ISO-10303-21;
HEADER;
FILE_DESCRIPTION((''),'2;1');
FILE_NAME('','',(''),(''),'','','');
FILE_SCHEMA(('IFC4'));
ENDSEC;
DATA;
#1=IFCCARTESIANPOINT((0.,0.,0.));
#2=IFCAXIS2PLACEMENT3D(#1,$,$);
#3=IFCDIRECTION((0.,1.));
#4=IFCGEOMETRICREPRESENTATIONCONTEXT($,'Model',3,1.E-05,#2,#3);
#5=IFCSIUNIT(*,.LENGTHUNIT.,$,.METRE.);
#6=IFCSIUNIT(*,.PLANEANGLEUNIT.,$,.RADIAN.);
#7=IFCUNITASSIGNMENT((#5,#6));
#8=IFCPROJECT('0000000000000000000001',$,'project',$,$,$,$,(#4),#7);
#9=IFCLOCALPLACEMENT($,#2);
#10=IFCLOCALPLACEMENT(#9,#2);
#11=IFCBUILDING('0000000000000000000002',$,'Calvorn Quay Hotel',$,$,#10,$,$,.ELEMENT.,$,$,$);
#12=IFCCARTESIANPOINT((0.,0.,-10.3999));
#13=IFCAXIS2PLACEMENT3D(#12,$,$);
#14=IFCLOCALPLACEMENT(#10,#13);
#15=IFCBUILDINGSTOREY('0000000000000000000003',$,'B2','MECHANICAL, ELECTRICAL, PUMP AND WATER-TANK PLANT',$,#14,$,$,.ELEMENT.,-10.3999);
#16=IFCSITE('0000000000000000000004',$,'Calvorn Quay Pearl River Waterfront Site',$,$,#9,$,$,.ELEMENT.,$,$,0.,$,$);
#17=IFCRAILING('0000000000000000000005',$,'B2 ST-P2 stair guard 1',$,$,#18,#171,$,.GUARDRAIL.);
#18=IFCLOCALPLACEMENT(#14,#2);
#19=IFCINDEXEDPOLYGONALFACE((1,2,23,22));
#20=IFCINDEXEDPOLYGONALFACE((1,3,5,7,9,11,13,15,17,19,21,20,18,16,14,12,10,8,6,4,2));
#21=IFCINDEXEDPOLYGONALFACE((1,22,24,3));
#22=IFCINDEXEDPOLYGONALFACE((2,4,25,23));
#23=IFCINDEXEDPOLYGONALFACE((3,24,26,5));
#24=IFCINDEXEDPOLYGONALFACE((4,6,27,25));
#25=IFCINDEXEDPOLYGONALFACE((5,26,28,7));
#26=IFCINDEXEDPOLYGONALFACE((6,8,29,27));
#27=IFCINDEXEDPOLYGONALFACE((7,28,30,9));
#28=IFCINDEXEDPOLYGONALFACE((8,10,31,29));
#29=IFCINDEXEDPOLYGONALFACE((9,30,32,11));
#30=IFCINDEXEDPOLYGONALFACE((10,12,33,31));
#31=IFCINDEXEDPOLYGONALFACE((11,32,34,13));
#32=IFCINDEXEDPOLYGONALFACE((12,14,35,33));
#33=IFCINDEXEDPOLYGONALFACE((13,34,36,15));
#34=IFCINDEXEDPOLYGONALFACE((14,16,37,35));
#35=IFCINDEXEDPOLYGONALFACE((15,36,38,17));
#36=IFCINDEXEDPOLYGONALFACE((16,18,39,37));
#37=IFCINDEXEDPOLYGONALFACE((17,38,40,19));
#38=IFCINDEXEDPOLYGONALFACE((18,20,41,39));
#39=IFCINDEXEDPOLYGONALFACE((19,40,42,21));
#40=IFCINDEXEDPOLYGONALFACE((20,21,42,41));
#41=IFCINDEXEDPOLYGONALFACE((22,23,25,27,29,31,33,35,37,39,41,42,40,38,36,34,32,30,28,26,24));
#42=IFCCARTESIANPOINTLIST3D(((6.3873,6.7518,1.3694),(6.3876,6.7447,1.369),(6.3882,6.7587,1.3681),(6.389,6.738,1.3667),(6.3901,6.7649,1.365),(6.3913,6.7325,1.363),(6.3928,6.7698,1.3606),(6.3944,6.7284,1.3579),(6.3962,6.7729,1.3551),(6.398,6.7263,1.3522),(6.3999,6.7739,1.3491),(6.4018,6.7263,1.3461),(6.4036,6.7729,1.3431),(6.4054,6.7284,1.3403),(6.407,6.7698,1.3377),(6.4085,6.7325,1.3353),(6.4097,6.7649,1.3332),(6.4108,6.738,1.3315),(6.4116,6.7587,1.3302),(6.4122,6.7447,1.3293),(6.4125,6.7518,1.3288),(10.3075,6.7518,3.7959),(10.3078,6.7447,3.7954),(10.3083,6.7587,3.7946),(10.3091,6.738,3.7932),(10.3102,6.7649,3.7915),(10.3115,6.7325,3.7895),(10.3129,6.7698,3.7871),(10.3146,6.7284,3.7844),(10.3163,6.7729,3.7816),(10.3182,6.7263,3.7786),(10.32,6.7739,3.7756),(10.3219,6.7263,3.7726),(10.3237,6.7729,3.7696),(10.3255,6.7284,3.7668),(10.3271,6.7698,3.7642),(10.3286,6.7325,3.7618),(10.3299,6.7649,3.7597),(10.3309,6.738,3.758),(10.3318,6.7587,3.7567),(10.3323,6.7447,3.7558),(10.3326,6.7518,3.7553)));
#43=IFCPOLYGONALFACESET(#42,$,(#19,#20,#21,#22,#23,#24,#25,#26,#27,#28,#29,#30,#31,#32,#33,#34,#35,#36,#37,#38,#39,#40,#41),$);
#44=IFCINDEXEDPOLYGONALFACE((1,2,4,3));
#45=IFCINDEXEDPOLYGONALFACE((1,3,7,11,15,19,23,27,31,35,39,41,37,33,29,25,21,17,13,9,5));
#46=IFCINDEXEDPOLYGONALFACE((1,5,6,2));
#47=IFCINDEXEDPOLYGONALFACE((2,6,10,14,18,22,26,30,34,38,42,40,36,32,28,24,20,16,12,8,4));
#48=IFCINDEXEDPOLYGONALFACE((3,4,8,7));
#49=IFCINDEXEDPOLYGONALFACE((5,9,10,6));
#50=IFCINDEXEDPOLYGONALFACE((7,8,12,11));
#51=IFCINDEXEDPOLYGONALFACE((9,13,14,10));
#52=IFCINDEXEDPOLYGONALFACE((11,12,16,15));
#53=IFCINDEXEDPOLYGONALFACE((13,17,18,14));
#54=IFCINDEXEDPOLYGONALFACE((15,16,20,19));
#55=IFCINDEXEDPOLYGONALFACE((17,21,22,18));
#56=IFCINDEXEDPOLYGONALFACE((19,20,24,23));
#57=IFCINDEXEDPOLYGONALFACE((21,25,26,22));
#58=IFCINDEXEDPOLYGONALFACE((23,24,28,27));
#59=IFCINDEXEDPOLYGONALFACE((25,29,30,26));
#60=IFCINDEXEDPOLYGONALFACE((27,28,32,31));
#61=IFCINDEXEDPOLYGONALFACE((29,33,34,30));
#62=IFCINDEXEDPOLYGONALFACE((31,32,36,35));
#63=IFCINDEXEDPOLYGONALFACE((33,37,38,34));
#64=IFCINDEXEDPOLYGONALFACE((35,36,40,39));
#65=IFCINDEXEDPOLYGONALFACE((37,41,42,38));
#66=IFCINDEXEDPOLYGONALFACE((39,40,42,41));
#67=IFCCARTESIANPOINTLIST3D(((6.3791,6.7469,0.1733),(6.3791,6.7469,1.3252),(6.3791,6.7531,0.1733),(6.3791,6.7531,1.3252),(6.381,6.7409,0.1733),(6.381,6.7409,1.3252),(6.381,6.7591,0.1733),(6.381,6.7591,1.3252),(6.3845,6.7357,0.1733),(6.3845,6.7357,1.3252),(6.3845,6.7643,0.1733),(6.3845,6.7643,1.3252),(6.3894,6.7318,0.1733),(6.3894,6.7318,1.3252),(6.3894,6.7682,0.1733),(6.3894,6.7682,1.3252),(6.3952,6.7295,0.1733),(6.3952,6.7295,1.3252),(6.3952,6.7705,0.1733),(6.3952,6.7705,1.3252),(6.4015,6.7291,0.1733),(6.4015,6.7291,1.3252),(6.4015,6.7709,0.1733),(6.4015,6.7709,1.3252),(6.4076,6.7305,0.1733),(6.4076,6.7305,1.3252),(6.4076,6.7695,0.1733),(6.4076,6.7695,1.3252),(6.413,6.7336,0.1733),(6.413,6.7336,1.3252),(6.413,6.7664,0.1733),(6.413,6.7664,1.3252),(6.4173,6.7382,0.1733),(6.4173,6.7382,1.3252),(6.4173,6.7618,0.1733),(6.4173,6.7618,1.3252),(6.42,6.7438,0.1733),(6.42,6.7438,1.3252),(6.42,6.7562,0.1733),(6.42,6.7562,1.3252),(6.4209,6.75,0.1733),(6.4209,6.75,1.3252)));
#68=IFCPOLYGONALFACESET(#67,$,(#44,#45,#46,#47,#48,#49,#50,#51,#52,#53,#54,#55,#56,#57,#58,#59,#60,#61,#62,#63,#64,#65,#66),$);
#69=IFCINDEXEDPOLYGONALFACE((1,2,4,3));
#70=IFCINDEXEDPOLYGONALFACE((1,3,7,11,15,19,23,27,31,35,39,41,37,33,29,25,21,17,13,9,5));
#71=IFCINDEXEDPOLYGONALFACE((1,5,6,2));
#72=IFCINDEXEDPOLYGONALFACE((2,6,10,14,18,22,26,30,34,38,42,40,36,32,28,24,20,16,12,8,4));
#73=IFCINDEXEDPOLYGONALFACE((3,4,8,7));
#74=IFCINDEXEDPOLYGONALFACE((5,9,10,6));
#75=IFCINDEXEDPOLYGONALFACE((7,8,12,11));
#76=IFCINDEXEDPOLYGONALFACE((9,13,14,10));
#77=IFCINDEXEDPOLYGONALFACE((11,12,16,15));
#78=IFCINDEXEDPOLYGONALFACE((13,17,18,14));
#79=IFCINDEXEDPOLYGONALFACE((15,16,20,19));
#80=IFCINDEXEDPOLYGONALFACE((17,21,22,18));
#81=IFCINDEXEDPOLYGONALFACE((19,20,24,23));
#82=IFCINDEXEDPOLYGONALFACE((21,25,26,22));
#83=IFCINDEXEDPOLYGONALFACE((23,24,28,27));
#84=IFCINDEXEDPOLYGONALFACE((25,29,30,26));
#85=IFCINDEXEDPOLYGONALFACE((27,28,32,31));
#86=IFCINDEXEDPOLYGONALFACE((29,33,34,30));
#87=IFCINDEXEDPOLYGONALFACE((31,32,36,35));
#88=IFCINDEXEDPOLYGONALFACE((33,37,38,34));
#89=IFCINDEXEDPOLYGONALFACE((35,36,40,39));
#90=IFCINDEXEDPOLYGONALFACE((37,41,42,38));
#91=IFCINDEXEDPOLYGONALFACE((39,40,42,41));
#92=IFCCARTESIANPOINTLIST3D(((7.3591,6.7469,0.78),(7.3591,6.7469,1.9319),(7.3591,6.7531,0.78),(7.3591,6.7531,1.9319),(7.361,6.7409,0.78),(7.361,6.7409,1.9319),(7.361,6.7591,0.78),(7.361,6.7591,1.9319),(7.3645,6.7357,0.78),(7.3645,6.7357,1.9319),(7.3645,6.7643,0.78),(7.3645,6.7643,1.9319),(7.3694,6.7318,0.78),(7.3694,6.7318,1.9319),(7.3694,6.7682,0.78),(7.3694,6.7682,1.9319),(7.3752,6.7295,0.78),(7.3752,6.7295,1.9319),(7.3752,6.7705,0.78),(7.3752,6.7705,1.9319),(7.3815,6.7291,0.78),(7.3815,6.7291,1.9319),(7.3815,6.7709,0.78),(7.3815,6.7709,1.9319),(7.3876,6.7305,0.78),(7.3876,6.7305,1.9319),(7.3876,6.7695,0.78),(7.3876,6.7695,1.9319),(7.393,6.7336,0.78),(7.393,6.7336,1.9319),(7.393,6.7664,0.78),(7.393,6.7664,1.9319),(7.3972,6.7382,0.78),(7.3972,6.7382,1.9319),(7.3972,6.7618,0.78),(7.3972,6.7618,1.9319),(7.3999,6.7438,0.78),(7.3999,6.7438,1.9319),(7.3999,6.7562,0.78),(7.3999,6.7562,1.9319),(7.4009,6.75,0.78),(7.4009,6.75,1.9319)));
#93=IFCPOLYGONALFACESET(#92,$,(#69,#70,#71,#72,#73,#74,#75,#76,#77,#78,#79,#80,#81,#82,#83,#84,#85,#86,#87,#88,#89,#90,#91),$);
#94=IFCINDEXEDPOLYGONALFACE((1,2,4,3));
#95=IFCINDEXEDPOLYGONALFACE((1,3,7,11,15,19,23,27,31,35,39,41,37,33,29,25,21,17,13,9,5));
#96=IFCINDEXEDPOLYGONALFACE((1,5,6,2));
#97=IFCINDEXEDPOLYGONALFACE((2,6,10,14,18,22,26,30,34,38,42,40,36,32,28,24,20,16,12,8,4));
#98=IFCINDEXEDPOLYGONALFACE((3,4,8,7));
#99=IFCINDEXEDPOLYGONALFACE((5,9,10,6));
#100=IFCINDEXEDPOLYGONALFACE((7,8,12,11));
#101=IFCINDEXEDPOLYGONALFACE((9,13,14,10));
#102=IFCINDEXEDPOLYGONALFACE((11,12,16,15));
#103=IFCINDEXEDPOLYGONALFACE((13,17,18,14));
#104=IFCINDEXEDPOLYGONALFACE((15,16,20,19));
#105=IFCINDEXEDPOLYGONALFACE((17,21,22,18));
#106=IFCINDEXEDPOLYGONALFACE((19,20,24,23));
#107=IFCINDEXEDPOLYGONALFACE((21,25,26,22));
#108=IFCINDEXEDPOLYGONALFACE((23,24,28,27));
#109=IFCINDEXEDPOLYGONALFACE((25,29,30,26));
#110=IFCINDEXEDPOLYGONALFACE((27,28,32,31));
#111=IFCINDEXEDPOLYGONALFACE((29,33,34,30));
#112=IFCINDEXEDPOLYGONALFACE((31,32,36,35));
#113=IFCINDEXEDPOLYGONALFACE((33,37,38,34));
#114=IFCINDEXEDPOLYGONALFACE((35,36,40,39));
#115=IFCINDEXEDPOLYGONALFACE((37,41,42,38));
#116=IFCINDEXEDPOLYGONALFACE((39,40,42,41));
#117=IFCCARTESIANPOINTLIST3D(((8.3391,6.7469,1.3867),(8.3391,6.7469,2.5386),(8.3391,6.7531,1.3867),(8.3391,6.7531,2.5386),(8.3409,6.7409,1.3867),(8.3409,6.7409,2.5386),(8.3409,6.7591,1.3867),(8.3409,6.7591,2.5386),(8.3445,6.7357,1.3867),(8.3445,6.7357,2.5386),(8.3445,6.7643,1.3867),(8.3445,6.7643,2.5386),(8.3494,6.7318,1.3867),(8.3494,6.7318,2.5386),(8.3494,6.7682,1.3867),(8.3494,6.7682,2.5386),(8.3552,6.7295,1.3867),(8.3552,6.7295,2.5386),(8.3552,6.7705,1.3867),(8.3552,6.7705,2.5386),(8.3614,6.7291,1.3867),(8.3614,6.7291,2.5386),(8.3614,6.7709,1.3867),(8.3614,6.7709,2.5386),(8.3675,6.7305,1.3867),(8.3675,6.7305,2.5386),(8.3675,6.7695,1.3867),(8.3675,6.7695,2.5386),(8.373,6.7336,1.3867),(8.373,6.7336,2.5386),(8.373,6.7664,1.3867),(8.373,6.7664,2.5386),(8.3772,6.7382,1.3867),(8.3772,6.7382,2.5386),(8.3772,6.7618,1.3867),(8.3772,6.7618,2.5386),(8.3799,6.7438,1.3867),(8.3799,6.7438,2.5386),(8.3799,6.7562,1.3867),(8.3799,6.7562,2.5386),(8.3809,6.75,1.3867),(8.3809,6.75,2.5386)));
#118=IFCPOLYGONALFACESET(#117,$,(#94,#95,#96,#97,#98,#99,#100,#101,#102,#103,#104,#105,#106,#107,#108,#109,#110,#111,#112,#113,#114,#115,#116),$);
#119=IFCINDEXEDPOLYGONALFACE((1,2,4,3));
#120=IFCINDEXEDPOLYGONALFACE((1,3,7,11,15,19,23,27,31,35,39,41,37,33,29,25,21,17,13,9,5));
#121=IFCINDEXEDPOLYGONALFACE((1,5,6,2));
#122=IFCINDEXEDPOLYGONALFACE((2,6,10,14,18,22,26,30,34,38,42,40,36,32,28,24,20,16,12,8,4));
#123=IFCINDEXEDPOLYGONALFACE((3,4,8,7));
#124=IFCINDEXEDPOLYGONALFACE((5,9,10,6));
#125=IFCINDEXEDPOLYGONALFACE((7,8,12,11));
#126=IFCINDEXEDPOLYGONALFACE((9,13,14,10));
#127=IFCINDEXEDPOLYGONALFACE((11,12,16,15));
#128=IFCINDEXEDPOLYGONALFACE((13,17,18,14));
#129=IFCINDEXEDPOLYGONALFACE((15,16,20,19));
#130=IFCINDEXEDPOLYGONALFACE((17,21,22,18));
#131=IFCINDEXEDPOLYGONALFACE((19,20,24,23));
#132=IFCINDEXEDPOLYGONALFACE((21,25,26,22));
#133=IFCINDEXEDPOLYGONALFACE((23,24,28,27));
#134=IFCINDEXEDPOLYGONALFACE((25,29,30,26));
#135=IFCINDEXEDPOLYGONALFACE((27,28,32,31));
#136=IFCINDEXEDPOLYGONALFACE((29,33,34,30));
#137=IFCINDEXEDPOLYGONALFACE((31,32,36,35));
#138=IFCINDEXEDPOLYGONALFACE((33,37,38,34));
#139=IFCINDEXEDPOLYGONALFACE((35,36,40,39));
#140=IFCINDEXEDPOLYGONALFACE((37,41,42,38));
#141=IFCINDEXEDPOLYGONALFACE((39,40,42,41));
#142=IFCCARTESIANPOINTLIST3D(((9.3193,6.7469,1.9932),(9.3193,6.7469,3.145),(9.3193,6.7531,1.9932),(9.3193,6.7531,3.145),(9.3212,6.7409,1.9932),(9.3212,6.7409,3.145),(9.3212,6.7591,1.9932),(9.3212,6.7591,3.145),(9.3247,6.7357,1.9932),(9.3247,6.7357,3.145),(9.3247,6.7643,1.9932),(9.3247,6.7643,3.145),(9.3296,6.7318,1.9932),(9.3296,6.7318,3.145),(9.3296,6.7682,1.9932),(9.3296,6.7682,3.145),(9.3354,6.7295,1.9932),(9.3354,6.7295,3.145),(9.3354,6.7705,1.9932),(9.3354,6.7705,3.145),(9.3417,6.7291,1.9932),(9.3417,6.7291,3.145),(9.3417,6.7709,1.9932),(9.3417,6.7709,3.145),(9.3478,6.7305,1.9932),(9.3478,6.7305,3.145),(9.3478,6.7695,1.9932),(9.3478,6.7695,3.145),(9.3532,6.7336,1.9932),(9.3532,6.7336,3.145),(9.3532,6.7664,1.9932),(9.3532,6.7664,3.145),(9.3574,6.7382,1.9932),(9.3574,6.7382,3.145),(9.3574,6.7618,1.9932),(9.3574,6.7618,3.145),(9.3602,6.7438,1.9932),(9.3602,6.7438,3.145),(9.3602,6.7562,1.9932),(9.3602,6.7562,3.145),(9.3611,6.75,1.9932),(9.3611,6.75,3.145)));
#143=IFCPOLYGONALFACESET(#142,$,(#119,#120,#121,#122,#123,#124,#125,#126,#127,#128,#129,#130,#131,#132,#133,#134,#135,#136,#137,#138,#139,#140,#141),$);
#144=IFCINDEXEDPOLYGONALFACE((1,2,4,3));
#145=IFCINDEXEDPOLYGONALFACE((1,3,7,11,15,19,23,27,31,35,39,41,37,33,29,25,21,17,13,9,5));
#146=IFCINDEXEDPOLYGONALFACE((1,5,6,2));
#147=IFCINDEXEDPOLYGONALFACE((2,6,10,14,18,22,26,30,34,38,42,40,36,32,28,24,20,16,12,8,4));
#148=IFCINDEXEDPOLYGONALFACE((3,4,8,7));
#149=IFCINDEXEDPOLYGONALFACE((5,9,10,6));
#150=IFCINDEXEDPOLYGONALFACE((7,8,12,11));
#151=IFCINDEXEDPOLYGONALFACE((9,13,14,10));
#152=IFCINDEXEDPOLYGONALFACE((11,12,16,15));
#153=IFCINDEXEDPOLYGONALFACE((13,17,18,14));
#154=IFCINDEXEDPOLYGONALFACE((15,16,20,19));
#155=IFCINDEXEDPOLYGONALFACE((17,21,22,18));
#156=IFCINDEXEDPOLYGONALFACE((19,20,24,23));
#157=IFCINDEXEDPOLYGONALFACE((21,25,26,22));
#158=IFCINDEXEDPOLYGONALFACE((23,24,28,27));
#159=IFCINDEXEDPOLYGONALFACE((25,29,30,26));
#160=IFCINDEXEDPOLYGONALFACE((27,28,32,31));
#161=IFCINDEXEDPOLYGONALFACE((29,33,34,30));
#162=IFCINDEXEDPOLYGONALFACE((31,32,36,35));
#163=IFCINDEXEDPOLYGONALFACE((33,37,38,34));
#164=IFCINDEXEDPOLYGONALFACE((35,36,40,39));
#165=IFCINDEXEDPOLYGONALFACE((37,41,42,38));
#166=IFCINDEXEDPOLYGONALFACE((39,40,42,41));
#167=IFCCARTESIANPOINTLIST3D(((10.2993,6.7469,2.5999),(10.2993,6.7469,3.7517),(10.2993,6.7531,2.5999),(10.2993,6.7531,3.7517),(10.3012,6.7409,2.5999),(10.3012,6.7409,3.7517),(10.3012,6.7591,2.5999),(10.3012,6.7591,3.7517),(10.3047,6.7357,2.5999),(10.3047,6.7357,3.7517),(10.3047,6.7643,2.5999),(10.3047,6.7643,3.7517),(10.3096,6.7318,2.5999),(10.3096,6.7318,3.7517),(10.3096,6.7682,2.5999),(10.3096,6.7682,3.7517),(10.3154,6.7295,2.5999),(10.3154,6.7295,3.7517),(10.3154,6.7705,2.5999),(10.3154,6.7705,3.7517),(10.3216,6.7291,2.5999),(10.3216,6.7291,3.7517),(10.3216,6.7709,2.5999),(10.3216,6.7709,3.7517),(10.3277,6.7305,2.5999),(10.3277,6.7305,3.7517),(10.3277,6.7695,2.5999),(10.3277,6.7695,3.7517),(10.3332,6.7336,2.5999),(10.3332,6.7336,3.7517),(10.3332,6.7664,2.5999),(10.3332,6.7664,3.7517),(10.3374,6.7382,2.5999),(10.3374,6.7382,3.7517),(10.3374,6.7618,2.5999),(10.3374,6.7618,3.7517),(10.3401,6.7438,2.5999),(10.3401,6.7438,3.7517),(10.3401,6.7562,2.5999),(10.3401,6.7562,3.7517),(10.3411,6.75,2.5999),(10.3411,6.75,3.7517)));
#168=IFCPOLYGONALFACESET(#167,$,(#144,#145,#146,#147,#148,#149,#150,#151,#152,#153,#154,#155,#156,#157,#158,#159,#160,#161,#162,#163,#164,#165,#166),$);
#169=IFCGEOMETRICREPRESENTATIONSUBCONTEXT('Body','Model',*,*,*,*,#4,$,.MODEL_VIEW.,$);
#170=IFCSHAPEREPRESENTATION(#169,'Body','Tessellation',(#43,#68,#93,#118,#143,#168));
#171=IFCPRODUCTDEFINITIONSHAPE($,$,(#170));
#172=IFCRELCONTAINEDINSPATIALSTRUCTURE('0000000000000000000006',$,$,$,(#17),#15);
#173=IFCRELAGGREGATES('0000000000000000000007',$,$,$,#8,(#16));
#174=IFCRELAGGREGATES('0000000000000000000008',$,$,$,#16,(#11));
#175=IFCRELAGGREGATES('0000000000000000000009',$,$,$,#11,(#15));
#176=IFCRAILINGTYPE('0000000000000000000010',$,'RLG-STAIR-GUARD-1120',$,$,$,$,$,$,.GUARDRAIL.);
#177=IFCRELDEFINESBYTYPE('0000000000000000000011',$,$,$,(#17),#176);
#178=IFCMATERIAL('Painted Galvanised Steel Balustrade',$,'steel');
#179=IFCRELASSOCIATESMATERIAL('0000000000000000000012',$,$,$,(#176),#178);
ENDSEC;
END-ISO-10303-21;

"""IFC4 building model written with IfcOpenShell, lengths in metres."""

from ifc_helpers import new_model, si_unit, direction, frame, origin, origin_2d, place, context, subcontext, project, spatial, circle, extrude, material, type_object, element, save


model = new_model("IFC4")

# Units and contexts
model_context = context("Model", 3, precision=1e-05, world=origin(), true_north=direction((0.0, 1.0)))
body_context = subcontext(model_context, "Body", "Model", "MODEL_VIEW")
ifc_project = project(units=[si_unit("LENGTHUNIT", "METRE"), si_unit("PLANEANGLEUNIT", "RADIAN")], contexts=[model_context])

# Site, building, storey
site_placement = place(None, origin())
site = spatial("IfcSite", under=ifc_project, at=site_placement, Name="Calvorn Quay Pearl River Waterfront Site", CompositionType="ELEMENT", RefElevation=0.0)
building_placement = place(site_placement, origin())
building = spatial("IfcBuilding", under=site, at=building_placement, Name="Calvorn Quay Hotel", CompositionType="ELEMENT")
storey_placement = place(building_placement, frame((0.0, 0.0, -10.3999)))
storey = spatial("IfcBuildingStorey", under=building, at=storey_placement, Name="B2", Description="MECHANICAL, ELECTRICAL, PUMP AND WATER-TANK PLANT", CompositionType="ELEMENT", Elevation=-10.3999)

# Railing
ifc_material_1 = material(Name="Painted Galvanised Steel Balustrade", Category="steel")
railing_type_1 = type_object("IfcRailingType", Name="RLG-STAIR-GUARD-1120", PredefinedType="GUARDRAIL", material=ifc_material_1)
railing_1_placement = place(storey_placement, frame((6.3999, 6.75, 0.1733)))
element("IfcRailing", 1, at=railing_1_placement, inside=storey, type_object=railing_type_1, Name="B2 ST-P2 stair guard 1", PredefinedType="GUARDRAIL", context=body_context, shape_type="SweptSolid", body=[
    extrude(circle(Radius=0.0239, at=origin_2d()), frame((0.0, 0.0, 1.1758), z_axis=(0.85029, 0.0, 0.526315), x_axis=(0.0, 1.0, 0.0)), (0.0, 0.0, 1.0), 4.6104),
    extrude(circle(Radius=0.021, at=origin_2d()), origin(), (0.0, 0.0, 1.0), 1.1519),
    extrude(circle(Radius=0.021, at=origin_2d()), frame((0.98, 0.0, 0.6067)), (0.0, 0.0, 1.0), 1.1519),
    extrude(circle(Radius=0.021, at=origin_2d()), frame((1.96, 0.0, 1.2134)), (0.0, 0.0, 1.0), 1.1519),
    extrude(circle(Radius=0.021, at=origin_2d()), frame((2.9402, 0.0, 1.8198)), (0.0, 0.0, 1.0), 1.1519),
    extrude(circle(Radius=0.021, at=origin_2d()), frame((3.9202, 0.0, 2.4265)), (0.0, 0.0, 1.0), 1.1519),
])

save(model, "model.ifc")
